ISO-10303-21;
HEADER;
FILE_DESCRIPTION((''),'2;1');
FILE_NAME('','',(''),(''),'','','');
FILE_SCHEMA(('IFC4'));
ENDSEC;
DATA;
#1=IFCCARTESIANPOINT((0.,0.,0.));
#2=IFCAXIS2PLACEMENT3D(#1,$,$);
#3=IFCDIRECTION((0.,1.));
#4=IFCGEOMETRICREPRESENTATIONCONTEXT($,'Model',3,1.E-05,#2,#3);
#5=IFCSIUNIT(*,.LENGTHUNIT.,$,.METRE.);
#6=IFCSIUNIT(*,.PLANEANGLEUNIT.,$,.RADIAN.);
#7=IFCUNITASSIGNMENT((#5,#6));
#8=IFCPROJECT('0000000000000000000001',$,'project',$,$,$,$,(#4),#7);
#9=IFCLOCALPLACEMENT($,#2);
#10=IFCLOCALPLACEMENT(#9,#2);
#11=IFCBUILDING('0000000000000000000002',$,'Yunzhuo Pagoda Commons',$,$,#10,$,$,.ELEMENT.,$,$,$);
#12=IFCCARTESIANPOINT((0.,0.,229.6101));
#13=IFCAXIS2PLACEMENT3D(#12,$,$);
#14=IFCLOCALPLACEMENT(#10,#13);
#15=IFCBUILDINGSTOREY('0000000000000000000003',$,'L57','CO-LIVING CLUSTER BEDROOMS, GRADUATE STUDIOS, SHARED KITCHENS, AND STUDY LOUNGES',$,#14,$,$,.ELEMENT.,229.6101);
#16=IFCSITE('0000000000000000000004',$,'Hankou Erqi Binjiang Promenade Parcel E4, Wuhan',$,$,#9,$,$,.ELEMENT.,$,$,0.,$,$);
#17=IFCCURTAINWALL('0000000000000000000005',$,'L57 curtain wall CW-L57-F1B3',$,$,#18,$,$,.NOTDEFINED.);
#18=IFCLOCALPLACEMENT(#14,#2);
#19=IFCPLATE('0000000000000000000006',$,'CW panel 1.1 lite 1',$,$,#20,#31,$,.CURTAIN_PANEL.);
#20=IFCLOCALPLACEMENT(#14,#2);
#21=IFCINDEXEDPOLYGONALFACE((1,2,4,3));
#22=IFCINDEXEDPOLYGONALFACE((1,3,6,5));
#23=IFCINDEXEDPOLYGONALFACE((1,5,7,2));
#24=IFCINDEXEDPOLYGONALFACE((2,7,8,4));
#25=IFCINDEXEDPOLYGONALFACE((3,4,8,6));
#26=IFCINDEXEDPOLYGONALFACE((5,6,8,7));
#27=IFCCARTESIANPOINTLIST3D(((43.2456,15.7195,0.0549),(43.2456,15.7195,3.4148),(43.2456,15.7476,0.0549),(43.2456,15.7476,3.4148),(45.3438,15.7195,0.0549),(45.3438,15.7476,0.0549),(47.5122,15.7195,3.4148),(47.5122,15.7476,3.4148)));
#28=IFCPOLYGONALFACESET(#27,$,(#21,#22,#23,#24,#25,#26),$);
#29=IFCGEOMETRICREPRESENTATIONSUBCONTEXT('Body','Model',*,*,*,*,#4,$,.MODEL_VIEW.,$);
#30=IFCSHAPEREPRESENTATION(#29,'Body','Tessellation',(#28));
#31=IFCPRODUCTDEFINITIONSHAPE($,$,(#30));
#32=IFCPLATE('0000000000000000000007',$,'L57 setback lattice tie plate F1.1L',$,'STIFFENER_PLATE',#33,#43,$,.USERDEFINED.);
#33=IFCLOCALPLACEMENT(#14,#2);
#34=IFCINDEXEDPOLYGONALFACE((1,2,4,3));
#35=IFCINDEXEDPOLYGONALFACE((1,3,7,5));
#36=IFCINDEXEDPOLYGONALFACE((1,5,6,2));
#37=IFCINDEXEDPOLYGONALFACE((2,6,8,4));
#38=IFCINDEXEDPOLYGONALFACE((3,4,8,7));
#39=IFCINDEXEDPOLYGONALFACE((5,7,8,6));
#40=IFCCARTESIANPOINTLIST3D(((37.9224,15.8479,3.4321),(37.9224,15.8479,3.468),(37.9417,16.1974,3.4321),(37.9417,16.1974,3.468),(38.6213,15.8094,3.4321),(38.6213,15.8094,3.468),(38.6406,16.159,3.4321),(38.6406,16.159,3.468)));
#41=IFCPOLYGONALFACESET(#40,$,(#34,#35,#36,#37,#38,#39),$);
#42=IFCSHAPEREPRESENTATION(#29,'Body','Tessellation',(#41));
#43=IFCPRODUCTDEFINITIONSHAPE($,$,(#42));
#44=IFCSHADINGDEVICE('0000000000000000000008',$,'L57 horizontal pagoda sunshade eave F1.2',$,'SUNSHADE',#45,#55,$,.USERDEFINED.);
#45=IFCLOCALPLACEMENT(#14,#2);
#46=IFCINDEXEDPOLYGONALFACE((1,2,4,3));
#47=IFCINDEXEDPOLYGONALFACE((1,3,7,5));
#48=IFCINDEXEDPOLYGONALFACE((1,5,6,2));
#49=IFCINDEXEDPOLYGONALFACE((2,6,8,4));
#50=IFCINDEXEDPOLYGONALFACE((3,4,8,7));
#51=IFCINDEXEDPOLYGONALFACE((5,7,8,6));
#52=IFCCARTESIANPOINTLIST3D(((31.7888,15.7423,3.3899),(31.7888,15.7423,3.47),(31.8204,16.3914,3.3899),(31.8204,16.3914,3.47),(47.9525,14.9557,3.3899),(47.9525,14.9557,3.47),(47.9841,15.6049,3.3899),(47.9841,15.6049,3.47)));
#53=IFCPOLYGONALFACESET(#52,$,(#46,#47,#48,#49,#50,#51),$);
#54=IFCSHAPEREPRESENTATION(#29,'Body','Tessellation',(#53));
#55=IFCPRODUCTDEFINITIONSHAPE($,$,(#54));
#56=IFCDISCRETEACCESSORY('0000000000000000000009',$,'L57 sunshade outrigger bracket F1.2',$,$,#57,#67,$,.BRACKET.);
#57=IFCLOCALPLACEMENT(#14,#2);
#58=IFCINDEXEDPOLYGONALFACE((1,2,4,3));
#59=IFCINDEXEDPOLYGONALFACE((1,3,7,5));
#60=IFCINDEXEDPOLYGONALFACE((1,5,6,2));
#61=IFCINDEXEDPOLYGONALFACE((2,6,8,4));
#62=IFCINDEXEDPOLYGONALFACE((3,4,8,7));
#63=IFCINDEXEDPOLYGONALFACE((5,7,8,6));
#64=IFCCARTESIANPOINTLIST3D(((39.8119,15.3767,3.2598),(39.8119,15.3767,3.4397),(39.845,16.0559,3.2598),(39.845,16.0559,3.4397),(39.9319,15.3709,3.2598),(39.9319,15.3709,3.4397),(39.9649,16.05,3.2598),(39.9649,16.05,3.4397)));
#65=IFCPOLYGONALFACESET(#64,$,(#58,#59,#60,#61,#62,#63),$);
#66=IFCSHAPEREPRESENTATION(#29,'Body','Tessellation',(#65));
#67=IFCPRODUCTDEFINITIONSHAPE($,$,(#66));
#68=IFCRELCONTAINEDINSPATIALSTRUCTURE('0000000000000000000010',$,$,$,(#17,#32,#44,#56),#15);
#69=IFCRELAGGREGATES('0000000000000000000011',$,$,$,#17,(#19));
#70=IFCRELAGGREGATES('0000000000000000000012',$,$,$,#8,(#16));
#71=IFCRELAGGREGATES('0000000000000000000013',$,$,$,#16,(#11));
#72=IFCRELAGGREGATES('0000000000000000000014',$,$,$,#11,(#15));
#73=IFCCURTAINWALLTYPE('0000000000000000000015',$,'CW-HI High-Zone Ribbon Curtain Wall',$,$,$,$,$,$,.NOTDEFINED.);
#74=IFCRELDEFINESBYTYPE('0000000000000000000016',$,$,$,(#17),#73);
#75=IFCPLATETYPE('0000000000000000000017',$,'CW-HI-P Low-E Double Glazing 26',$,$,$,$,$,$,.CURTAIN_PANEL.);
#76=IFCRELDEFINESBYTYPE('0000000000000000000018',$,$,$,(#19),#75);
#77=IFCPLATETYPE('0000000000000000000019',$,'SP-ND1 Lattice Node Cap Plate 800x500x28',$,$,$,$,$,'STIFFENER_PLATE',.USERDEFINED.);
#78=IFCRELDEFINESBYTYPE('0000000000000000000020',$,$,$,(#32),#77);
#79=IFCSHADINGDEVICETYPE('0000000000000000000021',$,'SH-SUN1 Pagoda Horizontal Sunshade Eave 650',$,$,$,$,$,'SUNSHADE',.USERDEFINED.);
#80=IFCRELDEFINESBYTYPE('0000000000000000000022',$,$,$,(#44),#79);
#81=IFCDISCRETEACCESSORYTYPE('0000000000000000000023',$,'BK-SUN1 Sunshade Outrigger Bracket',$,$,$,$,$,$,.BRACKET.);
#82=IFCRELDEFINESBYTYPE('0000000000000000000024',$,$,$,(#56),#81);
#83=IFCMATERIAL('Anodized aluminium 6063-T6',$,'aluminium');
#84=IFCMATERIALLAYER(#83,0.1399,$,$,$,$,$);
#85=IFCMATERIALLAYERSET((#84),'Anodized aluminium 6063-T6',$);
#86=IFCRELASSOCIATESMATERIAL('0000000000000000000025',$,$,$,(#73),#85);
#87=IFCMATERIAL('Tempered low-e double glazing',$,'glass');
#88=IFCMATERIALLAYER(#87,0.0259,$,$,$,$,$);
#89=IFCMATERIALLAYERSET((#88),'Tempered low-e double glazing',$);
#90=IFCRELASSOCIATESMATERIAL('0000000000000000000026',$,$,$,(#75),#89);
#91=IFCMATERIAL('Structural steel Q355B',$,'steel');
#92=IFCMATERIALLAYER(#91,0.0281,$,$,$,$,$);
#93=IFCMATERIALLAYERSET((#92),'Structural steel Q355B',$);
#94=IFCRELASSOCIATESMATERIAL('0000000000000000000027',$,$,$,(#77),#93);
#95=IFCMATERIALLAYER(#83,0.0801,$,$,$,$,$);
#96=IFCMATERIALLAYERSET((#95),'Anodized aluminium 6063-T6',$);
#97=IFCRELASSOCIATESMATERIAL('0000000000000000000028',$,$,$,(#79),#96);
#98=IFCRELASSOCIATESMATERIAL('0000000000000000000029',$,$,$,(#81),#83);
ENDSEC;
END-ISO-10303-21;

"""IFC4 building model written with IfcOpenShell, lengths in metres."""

from ifc_helpers import new_model, si_unit, direction, frame, origin, origin_2d, place, context, subcontext, project, spatial, polyline, rectangle, outline, extrude, source, transform, mapped, material, layer, layer_set, type_object, element, aggregate, save


model = new_model("IFC4")

# Units and contexts
model_context = context("Model", 3, precision=1e-05, world=origin(), true_north=direction((0.0, 1.0)))
body_context = subcontext(model_context, "Body", "Model", "MODEL_VIEW")
ifc_project = project(units=[si_unit("LENGTHUNIT", "METRE"), si_unit("PLANEANGLEUNIT", "RADIAN")], contexts=[model_context])

# Site, building, storey
site_placement = place(None, origin())
site = spatial("IfcSite", under=ifc_project, at=site_placement, Name="Hankou Erqi Binjiang Promenade Parcel E4, Wuhan", CompositionType="ELEMENT", RefElevation=0.0)
building_placement = place(site_placement, origin())
building = spatial("IfcBuilding", under=site, at=building_placement, Name="Yunzhuo Pagoda Commons", CompositionType="ELEMENT")
storey_placement = place(building_placement, frame((0.0, 0.0, 229.6101)))
storey = spatial("IfcBuildingStorey", under=building, at=storey_placement, Name="L57", Description="CO-LIVING CLUSTER BEDROOMS, GRADUATE STUDIOS, SHARED KITCHENS, AND STUDY LOUNGES", CompositionType="ELEMENT", Elevation=229.6101)

# Shared definitions
ifc_material_1 = material(Name="Structural steel Q355B", Category="steel")

# Shared definitions
ifc_material_2 = material(Name="Anodized aluminium 6063-T6", Category="aluminium")
ifc_layer_1 = layer(ifc_material_2, 0.1399)
ifc_layer_set_1 = layer_set([ifc_layer_1], Name="Anodized aluminium 6063-T6")
curtain_wall_type = type_object("IfcCurtainWallType", Name="CW-HI High-Zone Ribbon Curtain Wall", PredefinedType="NOTDEFINED", material=ifc_layer_set_1)

# Curtain wall
curtain_wall_1_placement = place(storey_placement, origin())
curtain_wall_1 = element("IfcCurtainWall", 1, at=curtain_wall_1_placement, inside=storey, type_object=curtain_wall_type, Name="L57 curtain wall CW-L57-F1B3", PredefinedType="NOTDEFINED")

# Plates
ifc_material_3 = material(Name="Tempered low-e double glazing", Category="glass")
ifc_layer_2 = layer(ifc_material_3, 0.0259)
ifc_layer_set_2 = layer_set([ifc_layer_2], Name="Tempered low-e double glazing")
plate_type_1 = type_object("IfcPlateType", Name="CW-HI-P Low-E Double Glazing 26", PredefinedType="CURTAIN_PANEL", material=ifc_layer_set_2)
plate_1_placement = place(storey_placement, frame((45.3789, 15.7476, 1.7349), z_axis=(0.0, -1.0, 0.0), x_axis=(1.0, 0.0, 0.0)))
plate_1 = element("IfcPlate", 2, at=plate_1_placement, type_object=plate_type_1, Name="CW panel 1.1 lite 1", PredefinedType="CURTAIN_PANEL", context=body_context, shape_type="SweptSolid", body=[
    extrude(outline(polyline([(-2.1333, -1.6799), (-0.0352, -1.6799), (2.1333, 1.6799), (-2.1333, 1.6799), (-2.1333, -1.6799)])), origin(), (0.0, 0.0, 1.0), 0.0281),
])
aggregate(curtain_wall_1, [plate_1])
ifc_layer_3 = layer(ifc_material_1, 0.0281)
ifc_layer_set_3 = layer_set([ifc_layer_3], Name="Structural steel Q355B")
plate_type_2 = type_object("IfcPlateType", Name="SP-ND1 Lattice Node Cap Plate 800x500x28", ElementType="STIFFENER_PLATE", PredefinedType="USERDEFINED", material=ifc_layer_set_3)
shared_shape_1 = source(origin(), body_context, "Body", "SweptSolid", [
    extrude(rectangle(XDim=0.7, YDim=0.3501, at=origin_2d()), origin(), (0.0, 0.0, 1.0), 0.0359),
])
plate_2_placement = place(storey_placement, frame((38.2815, 16.0034, 3.4321), z_axis=(0.0, 0.0, 1.0), x_axis=(0.998487, -0.054985, 0.0)))
element("IfcPlate", 3, at=plate_2_placement, inside=storey, type_object=plate_type_2, Name="L57 setback lattice tie plate F1.1L", ObjectType="STIFFENER_PLATE", PredefinedType="USERDEFINED", context=body_context, shape_type="MappedRepresentation", body=[
    mapped(shared_shape_1, transform((0.0, 0.0, 0.0), scale=1.0)),
])

# Shading device
ifc_layer_4 = layer(ifc_material_2, 0.0801)
ifc_layer_set_4 = layer_set([ifc_layer_4], Name="Anodized aluminium 6063-T6")
shading_device_type = type_object("IfcShadingDeviceType", Name="SH-SUN1 Pagoda Horizontal Sunshade Eave 650", ElementType="SUNSHADE", PredefinedType="USERDEFINED", material=ifc_layer_set_4)
shared_shape_2 = source(origin(), body_context, "Body", "SweptSolid", [
    extrude(rectangle(XDim=16.1829, YDim=0.6499, at=origin_2d()), origin(), (0.0, 0.0, 1.0), 0.0801),
])
shading_device_placement = place(storey_placement, frame((39.8865, 15.6736, 3.3899), z_axis=(0.0, 0.0, 1.0), x_axis=(0.998818, -0.048606, 0.0)))
element("IfcShadingDevice", 4, at=shading_device_placement, inside=storey, type_object=shading_device_type, Name="L57 horizontal pagoda sunshade eave F1.2", ObjectType="SUNSHADE", PredefinedType="USERDEFINED", context=body_context, shape_type="MappedRepresentation", body=[
    mapped(shared_shape_2, transform((0.0, 0.0, 0.0), scale=1.0)),
])

# Discrete accessory
discrete_accessory_type = type_object("IfcDiscreteAccessoryType", Name="BK-SUN1 Sunshade Outrigger Bracket", PredefinedType="BRACKET", material=ifc_material_2)
shared_shape_3 = source(origin(), body_context, "Body", "SweptSolid", [
    extrude(rectangle(XDim=0.1201, YDim=0.6799, at=origin_2d()), origin(), (0.0, 0.0, 1.0), 0.1799),
])
discrete_accessory_placement = place(storey_placement, frame((39.8884, 15.7134, 3.2598), z_axis=(0.0, 0.0, 1.0), x_axis=(0.998818, -0.048606, 0.0)))
element("IfcDiscreteAccessory", 5, at=discrete_accessory_placement, inside=storey, type_object=discrete_accessory_type, Name="L57 sunshade outrigger bracket F1.2", PredefinedType="BRACKET", context=body_context, shape_type="MappedRepresentation", body=[
    mapped(shared_shape_3, transform((0.0, 0.0, 0.0), scale=1.0)),
])

save(model, "model.ifc")
